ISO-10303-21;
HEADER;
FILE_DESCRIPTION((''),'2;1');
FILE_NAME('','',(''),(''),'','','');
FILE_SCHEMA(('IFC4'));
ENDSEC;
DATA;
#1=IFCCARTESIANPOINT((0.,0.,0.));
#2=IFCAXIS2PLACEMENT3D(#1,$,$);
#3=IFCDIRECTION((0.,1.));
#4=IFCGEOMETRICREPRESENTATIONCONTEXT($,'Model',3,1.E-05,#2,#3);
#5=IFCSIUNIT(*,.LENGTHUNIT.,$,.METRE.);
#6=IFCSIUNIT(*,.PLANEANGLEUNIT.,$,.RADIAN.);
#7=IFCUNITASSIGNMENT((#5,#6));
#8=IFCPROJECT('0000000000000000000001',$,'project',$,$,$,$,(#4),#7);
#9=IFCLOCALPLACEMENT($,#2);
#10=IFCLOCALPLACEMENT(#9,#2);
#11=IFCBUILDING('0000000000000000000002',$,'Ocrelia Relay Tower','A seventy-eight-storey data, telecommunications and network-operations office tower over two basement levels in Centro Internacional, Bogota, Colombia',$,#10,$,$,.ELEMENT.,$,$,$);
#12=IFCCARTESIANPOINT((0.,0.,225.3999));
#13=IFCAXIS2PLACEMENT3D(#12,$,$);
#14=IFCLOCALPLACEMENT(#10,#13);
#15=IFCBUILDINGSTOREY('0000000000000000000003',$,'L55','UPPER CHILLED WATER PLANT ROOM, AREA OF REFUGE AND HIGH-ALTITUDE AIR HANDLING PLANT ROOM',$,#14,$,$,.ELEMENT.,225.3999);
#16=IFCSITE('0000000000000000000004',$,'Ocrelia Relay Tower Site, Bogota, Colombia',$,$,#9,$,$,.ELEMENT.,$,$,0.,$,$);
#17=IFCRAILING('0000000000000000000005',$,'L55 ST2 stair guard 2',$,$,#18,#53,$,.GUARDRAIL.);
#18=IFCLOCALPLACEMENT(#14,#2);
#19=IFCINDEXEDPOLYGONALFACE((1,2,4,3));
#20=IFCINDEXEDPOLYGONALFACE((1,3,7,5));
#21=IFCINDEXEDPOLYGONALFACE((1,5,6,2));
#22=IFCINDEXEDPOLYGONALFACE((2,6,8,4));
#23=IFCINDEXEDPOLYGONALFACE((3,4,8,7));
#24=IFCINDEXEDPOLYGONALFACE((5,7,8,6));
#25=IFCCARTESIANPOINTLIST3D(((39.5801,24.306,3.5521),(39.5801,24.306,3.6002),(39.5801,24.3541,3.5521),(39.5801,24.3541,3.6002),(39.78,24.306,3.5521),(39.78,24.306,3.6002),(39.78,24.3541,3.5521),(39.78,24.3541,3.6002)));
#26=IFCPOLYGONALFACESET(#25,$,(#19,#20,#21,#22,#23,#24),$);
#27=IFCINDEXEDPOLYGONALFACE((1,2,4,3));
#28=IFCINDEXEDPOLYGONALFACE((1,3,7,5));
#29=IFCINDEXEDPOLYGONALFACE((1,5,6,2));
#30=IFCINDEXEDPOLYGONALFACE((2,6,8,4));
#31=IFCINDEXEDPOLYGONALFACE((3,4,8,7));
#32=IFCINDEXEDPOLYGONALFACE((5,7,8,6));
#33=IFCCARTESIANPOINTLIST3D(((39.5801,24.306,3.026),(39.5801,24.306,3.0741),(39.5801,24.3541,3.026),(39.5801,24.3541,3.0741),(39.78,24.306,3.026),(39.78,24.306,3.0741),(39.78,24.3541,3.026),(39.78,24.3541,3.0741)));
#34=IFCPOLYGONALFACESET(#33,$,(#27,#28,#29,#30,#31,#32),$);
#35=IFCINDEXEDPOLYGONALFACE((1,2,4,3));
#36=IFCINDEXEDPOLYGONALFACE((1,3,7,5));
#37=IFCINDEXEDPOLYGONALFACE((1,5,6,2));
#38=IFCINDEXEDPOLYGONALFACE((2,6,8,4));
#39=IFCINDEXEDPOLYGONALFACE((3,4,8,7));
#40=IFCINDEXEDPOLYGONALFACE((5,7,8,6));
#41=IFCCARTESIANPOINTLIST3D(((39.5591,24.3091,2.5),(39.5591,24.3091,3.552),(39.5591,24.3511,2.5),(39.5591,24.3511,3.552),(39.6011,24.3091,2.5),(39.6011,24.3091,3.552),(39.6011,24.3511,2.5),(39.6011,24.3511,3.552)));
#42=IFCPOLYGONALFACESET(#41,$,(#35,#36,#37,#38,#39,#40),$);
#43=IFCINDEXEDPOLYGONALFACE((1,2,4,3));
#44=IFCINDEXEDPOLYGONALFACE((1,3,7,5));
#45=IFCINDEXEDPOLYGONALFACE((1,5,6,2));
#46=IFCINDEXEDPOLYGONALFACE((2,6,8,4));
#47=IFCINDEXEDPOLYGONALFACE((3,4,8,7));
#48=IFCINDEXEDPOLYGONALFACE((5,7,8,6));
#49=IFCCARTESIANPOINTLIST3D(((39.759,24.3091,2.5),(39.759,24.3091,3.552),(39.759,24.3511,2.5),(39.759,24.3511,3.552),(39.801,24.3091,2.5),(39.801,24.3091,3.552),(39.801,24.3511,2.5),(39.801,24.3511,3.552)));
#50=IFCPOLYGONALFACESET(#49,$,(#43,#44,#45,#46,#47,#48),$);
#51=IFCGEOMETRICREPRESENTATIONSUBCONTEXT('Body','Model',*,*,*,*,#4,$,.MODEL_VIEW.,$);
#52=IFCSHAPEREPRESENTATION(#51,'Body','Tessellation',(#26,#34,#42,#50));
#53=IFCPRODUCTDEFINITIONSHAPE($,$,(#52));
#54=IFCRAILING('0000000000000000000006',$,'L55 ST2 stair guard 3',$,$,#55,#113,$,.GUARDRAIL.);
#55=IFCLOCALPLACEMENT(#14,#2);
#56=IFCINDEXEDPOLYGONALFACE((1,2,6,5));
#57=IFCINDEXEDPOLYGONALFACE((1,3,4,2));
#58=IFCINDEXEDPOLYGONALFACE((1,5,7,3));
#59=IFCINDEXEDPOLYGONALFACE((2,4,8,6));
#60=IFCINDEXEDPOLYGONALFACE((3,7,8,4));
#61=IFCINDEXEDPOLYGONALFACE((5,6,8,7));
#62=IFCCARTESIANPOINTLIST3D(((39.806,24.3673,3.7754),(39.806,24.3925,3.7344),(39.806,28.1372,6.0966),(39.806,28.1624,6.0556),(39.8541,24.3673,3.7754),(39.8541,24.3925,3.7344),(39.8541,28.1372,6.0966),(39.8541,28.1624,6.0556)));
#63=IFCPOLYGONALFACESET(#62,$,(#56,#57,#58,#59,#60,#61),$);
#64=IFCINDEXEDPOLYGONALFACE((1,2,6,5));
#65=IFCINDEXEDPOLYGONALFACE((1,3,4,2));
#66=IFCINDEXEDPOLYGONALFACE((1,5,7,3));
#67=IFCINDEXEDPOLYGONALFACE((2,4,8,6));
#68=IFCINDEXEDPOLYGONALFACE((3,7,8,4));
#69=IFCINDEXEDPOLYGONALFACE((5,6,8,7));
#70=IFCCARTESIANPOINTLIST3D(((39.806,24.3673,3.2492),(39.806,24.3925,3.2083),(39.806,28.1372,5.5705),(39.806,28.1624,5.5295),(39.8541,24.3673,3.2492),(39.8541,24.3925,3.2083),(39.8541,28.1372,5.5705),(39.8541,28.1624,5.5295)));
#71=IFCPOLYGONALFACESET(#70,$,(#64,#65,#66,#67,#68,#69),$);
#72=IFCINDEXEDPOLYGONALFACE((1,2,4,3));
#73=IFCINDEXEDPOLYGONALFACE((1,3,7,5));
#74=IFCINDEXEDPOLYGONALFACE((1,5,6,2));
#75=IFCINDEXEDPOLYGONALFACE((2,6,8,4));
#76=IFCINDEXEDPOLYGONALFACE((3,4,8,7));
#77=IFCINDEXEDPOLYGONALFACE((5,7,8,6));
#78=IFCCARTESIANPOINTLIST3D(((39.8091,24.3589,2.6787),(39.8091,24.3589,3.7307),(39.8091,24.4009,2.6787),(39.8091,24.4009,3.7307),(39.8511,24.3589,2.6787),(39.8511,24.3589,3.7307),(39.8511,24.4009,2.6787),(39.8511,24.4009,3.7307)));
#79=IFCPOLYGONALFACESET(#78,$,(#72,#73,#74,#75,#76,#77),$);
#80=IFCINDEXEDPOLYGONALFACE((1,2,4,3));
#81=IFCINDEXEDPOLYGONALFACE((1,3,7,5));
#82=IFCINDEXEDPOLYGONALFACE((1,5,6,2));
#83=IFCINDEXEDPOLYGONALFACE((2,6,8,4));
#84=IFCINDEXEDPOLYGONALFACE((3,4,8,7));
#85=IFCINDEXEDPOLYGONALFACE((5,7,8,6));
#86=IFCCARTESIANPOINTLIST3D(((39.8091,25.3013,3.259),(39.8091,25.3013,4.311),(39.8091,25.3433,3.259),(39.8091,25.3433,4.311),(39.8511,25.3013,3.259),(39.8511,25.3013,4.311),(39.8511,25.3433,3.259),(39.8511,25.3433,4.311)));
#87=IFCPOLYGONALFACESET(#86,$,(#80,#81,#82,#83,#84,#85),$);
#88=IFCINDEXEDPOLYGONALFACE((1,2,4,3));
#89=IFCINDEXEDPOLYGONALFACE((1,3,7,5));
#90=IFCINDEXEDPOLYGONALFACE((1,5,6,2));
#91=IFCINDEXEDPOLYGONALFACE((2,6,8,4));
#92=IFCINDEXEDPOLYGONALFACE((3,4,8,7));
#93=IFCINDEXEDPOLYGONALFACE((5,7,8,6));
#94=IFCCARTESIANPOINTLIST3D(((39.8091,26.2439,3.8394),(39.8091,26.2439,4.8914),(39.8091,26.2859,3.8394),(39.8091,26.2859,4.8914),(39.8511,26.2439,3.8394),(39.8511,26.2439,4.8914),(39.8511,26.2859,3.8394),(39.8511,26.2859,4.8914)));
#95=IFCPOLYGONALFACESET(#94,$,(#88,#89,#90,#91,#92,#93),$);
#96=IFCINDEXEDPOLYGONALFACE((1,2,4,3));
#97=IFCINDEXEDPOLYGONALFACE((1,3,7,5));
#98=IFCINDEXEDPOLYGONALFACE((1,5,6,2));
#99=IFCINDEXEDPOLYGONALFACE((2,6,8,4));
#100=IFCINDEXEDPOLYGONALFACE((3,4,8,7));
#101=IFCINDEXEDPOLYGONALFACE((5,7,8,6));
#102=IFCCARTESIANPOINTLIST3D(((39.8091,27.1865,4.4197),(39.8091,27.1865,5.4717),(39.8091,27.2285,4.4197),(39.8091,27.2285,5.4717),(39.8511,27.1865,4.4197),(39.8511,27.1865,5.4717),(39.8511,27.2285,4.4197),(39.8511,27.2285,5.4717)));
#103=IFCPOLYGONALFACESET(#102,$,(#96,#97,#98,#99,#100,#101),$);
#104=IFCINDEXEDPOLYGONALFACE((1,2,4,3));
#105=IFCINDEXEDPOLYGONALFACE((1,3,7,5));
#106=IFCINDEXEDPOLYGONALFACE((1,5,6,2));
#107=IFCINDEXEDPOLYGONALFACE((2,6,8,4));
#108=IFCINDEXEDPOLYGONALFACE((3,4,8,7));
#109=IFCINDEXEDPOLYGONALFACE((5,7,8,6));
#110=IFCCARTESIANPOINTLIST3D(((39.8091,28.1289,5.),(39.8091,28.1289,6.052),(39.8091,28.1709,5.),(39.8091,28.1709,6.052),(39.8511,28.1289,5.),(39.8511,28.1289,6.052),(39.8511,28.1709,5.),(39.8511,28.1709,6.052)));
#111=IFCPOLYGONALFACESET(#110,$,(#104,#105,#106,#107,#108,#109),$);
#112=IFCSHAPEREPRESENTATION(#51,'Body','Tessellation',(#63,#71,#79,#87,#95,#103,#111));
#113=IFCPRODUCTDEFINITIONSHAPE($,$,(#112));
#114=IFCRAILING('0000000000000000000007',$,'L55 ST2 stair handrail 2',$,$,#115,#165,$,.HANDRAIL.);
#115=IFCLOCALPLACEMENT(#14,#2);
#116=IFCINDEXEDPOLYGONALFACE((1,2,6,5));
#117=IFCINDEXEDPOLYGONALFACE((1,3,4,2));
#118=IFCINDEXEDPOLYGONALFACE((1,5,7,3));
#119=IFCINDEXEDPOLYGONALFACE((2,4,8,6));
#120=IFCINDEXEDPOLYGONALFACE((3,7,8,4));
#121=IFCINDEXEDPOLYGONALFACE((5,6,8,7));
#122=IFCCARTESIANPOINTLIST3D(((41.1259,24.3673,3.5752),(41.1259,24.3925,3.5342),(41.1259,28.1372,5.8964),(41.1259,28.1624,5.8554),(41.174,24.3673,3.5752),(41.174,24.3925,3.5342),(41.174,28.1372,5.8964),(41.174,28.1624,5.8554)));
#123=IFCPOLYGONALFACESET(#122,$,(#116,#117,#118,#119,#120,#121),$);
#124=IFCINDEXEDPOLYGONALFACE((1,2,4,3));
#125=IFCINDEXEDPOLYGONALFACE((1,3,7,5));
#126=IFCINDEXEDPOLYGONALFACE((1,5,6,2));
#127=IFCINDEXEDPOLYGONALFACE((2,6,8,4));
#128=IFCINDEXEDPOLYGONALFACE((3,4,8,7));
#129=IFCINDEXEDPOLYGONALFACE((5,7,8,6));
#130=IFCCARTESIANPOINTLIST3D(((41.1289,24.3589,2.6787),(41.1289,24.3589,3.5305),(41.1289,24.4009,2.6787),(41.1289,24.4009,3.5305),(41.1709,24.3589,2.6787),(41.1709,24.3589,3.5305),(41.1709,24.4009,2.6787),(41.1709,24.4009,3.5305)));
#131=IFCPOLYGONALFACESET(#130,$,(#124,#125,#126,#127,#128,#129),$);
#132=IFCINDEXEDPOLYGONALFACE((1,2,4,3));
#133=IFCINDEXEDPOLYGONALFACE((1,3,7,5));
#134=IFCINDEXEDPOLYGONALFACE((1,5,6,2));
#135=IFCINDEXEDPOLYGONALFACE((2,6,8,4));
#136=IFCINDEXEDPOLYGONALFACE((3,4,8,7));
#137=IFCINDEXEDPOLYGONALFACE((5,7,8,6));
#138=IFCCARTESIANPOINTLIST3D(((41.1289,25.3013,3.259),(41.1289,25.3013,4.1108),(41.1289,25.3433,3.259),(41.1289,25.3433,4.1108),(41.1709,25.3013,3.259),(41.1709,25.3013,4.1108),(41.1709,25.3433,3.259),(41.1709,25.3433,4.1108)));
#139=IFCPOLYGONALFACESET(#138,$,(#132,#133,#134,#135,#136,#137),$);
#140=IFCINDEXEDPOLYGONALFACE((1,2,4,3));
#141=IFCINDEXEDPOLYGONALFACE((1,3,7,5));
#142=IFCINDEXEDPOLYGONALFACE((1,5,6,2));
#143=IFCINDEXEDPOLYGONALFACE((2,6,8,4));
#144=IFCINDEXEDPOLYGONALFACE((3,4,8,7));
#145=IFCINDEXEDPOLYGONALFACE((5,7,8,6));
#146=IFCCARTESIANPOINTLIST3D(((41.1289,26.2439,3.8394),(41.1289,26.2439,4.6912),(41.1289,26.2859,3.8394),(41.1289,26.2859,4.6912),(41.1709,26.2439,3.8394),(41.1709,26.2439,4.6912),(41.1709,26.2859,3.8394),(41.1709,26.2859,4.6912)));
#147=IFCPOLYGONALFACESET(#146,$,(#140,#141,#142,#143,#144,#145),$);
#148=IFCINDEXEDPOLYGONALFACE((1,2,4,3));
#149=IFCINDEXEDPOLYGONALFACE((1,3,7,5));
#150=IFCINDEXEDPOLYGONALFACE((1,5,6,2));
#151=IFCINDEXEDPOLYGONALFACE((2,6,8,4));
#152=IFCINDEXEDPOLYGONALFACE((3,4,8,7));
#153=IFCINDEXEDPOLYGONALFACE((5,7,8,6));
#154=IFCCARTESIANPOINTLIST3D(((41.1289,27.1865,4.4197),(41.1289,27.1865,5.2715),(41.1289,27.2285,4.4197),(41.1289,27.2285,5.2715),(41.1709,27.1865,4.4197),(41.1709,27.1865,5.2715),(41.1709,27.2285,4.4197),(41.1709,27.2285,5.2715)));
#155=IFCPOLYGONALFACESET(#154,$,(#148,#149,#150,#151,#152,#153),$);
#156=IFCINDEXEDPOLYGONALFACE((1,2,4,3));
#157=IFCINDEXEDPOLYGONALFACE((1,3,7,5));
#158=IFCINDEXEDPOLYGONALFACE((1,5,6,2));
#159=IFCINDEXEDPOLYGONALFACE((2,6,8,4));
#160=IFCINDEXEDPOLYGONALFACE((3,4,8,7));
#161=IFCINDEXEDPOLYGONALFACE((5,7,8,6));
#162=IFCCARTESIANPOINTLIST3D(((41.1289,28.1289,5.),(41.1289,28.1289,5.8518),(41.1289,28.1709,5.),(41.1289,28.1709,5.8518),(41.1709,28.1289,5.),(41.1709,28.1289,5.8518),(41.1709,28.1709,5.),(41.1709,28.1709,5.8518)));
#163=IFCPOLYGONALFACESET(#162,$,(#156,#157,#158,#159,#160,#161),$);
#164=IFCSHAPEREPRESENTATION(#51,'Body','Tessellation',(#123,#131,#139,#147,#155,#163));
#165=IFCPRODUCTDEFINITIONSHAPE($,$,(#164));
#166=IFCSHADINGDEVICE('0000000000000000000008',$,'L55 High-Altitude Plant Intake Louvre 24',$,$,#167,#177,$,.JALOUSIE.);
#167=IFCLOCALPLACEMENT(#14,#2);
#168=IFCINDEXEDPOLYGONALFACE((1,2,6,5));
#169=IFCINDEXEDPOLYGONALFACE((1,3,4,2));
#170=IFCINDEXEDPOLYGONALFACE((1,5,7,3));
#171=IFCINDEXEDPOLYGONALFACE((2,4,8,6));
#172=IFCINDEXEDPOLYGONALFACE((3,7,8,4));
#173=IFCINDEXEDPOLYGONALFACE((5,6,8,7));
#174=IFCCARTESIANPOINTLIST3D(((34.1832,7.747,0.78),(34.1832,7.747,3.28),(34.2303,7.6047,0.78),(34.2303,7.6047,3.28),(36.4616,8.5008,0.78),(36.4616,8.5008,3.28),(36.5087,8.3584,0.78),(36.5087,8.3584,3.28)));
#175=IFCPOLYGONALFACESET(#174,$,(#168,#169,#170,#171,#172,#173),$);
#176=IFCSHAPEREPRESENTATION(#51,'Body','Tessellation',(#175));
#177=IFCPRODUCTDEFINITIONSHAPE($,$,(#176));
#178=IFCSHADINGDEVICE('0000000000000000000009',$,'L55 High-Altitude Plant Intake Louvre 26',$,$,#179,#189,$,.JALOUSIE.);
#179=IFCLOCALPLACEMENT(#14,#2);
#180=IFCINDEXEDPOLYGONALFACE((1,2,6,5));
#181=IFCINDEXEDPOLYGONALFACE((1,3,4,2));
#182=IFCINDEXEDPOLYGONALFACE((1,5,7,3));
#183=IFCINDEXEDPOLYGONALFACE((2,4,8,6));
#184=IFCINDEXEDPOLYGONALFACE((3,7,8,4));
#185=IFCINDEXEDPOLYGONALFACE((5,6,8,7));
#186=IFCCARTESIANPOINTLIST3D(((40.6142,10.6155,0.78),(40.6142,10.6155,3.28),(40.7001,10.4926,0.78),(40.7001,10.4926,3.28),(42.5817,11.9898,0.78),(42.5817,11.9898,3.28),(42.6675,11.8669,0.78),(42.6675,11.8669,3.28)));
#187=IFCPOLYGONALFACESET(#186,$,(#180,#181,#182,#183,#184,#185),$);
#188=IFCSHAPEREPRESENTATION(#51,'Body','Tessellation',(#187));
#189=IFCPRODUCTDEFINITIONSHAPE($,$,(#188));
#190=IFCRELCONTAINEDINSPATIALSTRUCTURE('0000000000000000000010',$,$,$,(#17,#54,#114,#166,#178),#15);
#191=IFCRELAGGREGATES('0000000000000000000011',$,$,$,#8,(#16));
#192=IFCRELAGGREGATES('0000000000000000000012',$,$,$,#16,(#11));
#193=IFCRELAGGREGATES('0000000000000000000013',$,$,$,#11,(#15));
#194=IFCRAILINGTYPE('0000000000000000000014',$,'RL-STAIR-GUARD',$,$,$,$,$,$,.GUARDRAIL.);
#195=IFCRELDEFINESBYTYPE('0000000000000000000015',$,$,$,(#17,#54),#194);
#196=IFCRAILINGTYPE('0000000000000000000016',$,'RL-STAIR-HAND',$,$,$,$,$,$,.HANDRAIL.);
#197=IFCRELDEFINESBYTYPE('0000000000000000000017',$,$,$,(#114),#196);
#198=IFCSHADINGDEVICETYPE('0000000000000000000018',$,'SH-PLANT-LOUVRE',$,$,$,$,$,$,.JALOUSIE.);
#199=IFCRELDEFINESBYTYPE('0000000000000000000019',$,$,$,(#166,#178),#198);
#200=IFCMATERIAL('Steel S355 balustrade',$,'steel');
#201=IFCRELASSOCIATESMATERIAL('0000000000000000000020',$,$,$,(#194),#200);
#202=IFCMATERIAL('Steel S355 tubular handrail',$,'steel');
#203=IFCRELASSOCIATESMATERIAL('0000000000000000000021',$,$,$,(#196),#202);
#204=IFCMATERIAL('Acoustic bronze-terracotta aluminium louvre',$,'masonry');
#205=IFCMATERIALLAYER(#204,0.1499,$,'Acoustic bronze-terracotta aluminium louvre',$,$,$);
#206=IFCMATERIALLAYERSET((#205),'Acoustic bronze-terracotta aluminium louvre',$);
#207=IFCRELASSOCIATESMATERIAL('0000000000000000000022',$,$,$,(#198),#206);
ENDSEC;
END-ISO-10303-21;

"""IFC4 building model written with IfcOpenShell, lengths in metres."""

from ifc_helpers import new_model, si_unit, direction, frame, origin, origin_2d, place, context, subcontext, project, spatial, rectangle, extrude, material, layer, layer_set, type_object, element, save


model = new_model("IFC4")

# Units and contexts
model_context = context("Model", 3, precision=1e-05, world=origin(), true_north=direction((0.0, 1.0)))
body_context = subcontext(model_context, "Body", "Model", "MODEL_VIEW")
ifc_project = project(units=[si_unit("LENGTHUNIT", "METRE"), si_unit("PLANEANGLEUNIT", "RADIAN")], contexts=[model_context])

# Site, building, storey
site_placement = place(None, origin())
site = spatial("IfcSite", under=ifc_project, at=site_placement, Name="Ocrelia Relay Tower Site, Bogota, Colombia", CompositionType="ELEMENT", RefElevation=0.0)
building_placement = place(site_placement, origin())
building = spatial("IfcBuilding", under=site, at=building_placement, Name="Ocrelia Relay Tower", Description="A seventy-eight-storey data, telecommunications and network-operations office tower over two basement levels in Centro Internacional, Bogota, Colombia", CompositionType="ELEMENT")
storey_placement = place(building_placement, frame((0.0, 0.0, 225.3999)))
storey = spatial("IfcBuildingStorey", under=building, at=storey_placement, Name="L55", Description="UPPER CHILLED WATER PLANT ROOM, AREA OF REFUGE AND HIGH-ALTITUDE AIR HANDLING PLANT ROOM", CompositionType="ELEMENT", Elevation=225.3999)

# Railings
ifc_material_1 = material(Name="Steel S355 balustrade", Category="steel")
railing_type_1 = type_object("IfcRailingType", Name="RL-STAIR-GUARD", PredefinedType="GUARDRAIL", material=ifc_material_1)
railing_1_placement = place(storey_placement, frame((39.5801, 24.3301, 2.5)))
element("IfcRailing", 1, at=railing_1_placement, inside=storey, type_object=railing_type_1, Name="L55 ST2 stair guard 2", PredefinedType="GUARDRAIL", context=body_context, shape_type="SweptSolid", body=[
    extrude(rectangle(XDim=0.0481, YDim=0.0481, at=origin_2d()), frame((0.0, 0.0, 1.0762), z_axis=(1.0, 0.0, 0.0), x_axis=(0.0, 1.0, 0.0)), (0.0, 0.0, 1.0), 0.2),
    extrude(rectangle(XDim=0.0481, YDim=0.0481, at=origin_2d()), frame((0.0, 0.0, 0.55), z_axis=(1.0, 0.0, 0.0), x_axis=(0.0, 1.0, 0.0)), (0.0, 0.0, 1.0), 0.2),
    extrude(rectangle(XDim=0.042, YDim=0.042, at=origin_2d()), origin(), (0.0, 0.0, 1.0), 1.052),
    extrude(rectangle(XDim=0.042, YDim=0.042, at=origin_2d()), frame((0.2, 0.0, 0.0)), (0.0, 0.0, 1.0), 1.052),
])
railing_2_placement = place(storey_placement, frame((39.8301, 24.3799, 2.6787)))
element("IfcRailing", 2, at=railing_2_placement, inside=storey, type_object=railing_type_1, Name="L55 ST2 stair guard 3", PredefinedType="GUARDRAIL", context=body_context, shape_type="SweptSolid", body=[
    extrude(rectangle(XDim=0.0481, YDim=0.0481, at=origin_2d()), frame((0.0, 0.0, 1.0762), z_axis=(0.0, 0.85153, 0.524307), x_axis=(-1.0, 0.0, 0.0)), (0.0, 0.0, 1.0), 4.4272),
    extrude(rectangle(XDim=0.0481, YDim=0.0481, at=origin_2d()), frame((0.0, 0.0, 0.55), z_axis=(0.0, 0.85153, 0.524307), x_axis=(-1.0, 0.0, 0.0)), (0.0, 0.0, 1.0), 4.4272),
    extrude(rectangle(XDim=0.042, YDim=0.042, at=origin_2d()), origin(), (0.0, 0.0, 1.0), 1.052),
    extrude(rectangle(XDim=0.042, YDim=0.042, at=origin_2d()), frame((0.0, 0.9424, 0.5803)), (0.0, 0.0, 1.0), 1.052),
    extrude(rectangle(XDim=0.042, YDim=0.042, at=origin_2d()), frame((0.0, 1.885, 1.1606)), (0.0, 0.0, 1.0), 1.052),
    extrude(rectangle(XDim=0.042, YDim=0.042, at=origin_2d()), frame((0.0, 2.8276, 1.741)), (0.0, 0.0, 1.0), 1.052),
    extrude(rectangle(XDim=0.042, YDim=0.042, at=origin_2d()), frame((0.0, 3.77, 2.3213)), (0.0, 0.0, 1.0), 1.052),
])
ifc_material_2 = material(Name="Steel S355 tubular handrail", Category="steel")
railing_type_2 = type_object("IfcRailingType", Name="RL-STAIR-HAND", PredefinedType="HANDRAIL", material=ifc_material_2)
railing_3_placement = place(storey_placement, frame((41.1499, 24.3799, 2.6787)))
element("IfcRailing", 3, at=railing_3_placement, inside=storey, type_object=railing_type_2, Name="L55 ST2 stair handrail 2", PredefinedType="HANDRAIL", context=body_context, shape_type="SweptSolid", body=[
    extrude(rectangle(XDim=0.0481, YDim=0.0481, at=origin_2d()), frame((0.0, 0.0, 0.876), z_axis=(0.0, 0.85153, 0.524307), x_axis=(-1.0, 0.0, 0.0)), (0.0, 0.0, 1.0), 4.4272),
    extrude(rectangle(XDim=0.042, YDim=0.042, at=origin_2d()), origin(), (0.0, 0.0, 1.0), 0.8518),
    extrude(rectangle(XDim=0.042, YDim=0.042, at=origin_2d()), frame((0.0, 0.9424, 0.5803)), (0.0, 0.0, 1.0), 0.8518),
    extrude(rectangle(XDim=0.042, YDim=0.042, at=origin_2d()), frame((0.0, 1.885, 1.1606)), (0.0, 0.0, 1.0), 0.8518),
    extrude(rectangle(XDim=0.042, YDim=0.042, at=origin_2d()), frame((0.0, 2.8276, 1.741)), (0.0, 0.0, 1.0), 0.8518),
    extrude(rectangle(XDim=0.042, YDim=0.042, at=origin_2d()), frame((0.0, 3.77, 2.3213)), (0.0, 0.0, 1.0), 0.8518),
])

# Shading devices
ifc_material_3 = material(Name="Acoustic bronze-terracotta aluminium louvre", Category="masonry")
ifc_layer_1 = layer(ifc_material_3, 0.1499, Name="Acoustic bronze-terracotta aluminium louvre")
ifc_layer_set_1 = layer_set([ifc_layer_1], Name="Acoustic bronze-terracotta aluminium louvre")
shading_device_type = type_object("IfcShadingDeviceType", Name="SH-PLANT-LOUVRE", PredefinedType="JALOUSIE", material=ifc_layer_set_1)
for number, where, z_axis, x_axis, name in (
    (4, (35.3459, 8.0527, 0.78), (0.0, 0.0, 1.0), (0.949399, 0.314073, 0.0), "L55 High-Altitude Plant Intake Louvre 24"),
    (5, (41.6409, 11.2412, 0.78), (0.0, 0.0, 1.0), (0.819804, 0.572644, 0.0), "L55 High-Altitude Plant Intake Louvre 26"),
):
    element("IfcShadingDevice", number, at=place(storey_placement, frame(where, z_axis=z_axis, x_axis=x_axis)), inside=storey, type_object=shading_device_type, Name=name, PredefinedType="JALOUSIE", context=body_context, shape_type="SweptSolid", body=[
        extrude(rectangle(XDim=2.3999, YDim=0.1499, at=origin_2d()), origin(), (0.0, 0.0, 1.0), 2.5),
    ])

save(model, "model.ifc")
